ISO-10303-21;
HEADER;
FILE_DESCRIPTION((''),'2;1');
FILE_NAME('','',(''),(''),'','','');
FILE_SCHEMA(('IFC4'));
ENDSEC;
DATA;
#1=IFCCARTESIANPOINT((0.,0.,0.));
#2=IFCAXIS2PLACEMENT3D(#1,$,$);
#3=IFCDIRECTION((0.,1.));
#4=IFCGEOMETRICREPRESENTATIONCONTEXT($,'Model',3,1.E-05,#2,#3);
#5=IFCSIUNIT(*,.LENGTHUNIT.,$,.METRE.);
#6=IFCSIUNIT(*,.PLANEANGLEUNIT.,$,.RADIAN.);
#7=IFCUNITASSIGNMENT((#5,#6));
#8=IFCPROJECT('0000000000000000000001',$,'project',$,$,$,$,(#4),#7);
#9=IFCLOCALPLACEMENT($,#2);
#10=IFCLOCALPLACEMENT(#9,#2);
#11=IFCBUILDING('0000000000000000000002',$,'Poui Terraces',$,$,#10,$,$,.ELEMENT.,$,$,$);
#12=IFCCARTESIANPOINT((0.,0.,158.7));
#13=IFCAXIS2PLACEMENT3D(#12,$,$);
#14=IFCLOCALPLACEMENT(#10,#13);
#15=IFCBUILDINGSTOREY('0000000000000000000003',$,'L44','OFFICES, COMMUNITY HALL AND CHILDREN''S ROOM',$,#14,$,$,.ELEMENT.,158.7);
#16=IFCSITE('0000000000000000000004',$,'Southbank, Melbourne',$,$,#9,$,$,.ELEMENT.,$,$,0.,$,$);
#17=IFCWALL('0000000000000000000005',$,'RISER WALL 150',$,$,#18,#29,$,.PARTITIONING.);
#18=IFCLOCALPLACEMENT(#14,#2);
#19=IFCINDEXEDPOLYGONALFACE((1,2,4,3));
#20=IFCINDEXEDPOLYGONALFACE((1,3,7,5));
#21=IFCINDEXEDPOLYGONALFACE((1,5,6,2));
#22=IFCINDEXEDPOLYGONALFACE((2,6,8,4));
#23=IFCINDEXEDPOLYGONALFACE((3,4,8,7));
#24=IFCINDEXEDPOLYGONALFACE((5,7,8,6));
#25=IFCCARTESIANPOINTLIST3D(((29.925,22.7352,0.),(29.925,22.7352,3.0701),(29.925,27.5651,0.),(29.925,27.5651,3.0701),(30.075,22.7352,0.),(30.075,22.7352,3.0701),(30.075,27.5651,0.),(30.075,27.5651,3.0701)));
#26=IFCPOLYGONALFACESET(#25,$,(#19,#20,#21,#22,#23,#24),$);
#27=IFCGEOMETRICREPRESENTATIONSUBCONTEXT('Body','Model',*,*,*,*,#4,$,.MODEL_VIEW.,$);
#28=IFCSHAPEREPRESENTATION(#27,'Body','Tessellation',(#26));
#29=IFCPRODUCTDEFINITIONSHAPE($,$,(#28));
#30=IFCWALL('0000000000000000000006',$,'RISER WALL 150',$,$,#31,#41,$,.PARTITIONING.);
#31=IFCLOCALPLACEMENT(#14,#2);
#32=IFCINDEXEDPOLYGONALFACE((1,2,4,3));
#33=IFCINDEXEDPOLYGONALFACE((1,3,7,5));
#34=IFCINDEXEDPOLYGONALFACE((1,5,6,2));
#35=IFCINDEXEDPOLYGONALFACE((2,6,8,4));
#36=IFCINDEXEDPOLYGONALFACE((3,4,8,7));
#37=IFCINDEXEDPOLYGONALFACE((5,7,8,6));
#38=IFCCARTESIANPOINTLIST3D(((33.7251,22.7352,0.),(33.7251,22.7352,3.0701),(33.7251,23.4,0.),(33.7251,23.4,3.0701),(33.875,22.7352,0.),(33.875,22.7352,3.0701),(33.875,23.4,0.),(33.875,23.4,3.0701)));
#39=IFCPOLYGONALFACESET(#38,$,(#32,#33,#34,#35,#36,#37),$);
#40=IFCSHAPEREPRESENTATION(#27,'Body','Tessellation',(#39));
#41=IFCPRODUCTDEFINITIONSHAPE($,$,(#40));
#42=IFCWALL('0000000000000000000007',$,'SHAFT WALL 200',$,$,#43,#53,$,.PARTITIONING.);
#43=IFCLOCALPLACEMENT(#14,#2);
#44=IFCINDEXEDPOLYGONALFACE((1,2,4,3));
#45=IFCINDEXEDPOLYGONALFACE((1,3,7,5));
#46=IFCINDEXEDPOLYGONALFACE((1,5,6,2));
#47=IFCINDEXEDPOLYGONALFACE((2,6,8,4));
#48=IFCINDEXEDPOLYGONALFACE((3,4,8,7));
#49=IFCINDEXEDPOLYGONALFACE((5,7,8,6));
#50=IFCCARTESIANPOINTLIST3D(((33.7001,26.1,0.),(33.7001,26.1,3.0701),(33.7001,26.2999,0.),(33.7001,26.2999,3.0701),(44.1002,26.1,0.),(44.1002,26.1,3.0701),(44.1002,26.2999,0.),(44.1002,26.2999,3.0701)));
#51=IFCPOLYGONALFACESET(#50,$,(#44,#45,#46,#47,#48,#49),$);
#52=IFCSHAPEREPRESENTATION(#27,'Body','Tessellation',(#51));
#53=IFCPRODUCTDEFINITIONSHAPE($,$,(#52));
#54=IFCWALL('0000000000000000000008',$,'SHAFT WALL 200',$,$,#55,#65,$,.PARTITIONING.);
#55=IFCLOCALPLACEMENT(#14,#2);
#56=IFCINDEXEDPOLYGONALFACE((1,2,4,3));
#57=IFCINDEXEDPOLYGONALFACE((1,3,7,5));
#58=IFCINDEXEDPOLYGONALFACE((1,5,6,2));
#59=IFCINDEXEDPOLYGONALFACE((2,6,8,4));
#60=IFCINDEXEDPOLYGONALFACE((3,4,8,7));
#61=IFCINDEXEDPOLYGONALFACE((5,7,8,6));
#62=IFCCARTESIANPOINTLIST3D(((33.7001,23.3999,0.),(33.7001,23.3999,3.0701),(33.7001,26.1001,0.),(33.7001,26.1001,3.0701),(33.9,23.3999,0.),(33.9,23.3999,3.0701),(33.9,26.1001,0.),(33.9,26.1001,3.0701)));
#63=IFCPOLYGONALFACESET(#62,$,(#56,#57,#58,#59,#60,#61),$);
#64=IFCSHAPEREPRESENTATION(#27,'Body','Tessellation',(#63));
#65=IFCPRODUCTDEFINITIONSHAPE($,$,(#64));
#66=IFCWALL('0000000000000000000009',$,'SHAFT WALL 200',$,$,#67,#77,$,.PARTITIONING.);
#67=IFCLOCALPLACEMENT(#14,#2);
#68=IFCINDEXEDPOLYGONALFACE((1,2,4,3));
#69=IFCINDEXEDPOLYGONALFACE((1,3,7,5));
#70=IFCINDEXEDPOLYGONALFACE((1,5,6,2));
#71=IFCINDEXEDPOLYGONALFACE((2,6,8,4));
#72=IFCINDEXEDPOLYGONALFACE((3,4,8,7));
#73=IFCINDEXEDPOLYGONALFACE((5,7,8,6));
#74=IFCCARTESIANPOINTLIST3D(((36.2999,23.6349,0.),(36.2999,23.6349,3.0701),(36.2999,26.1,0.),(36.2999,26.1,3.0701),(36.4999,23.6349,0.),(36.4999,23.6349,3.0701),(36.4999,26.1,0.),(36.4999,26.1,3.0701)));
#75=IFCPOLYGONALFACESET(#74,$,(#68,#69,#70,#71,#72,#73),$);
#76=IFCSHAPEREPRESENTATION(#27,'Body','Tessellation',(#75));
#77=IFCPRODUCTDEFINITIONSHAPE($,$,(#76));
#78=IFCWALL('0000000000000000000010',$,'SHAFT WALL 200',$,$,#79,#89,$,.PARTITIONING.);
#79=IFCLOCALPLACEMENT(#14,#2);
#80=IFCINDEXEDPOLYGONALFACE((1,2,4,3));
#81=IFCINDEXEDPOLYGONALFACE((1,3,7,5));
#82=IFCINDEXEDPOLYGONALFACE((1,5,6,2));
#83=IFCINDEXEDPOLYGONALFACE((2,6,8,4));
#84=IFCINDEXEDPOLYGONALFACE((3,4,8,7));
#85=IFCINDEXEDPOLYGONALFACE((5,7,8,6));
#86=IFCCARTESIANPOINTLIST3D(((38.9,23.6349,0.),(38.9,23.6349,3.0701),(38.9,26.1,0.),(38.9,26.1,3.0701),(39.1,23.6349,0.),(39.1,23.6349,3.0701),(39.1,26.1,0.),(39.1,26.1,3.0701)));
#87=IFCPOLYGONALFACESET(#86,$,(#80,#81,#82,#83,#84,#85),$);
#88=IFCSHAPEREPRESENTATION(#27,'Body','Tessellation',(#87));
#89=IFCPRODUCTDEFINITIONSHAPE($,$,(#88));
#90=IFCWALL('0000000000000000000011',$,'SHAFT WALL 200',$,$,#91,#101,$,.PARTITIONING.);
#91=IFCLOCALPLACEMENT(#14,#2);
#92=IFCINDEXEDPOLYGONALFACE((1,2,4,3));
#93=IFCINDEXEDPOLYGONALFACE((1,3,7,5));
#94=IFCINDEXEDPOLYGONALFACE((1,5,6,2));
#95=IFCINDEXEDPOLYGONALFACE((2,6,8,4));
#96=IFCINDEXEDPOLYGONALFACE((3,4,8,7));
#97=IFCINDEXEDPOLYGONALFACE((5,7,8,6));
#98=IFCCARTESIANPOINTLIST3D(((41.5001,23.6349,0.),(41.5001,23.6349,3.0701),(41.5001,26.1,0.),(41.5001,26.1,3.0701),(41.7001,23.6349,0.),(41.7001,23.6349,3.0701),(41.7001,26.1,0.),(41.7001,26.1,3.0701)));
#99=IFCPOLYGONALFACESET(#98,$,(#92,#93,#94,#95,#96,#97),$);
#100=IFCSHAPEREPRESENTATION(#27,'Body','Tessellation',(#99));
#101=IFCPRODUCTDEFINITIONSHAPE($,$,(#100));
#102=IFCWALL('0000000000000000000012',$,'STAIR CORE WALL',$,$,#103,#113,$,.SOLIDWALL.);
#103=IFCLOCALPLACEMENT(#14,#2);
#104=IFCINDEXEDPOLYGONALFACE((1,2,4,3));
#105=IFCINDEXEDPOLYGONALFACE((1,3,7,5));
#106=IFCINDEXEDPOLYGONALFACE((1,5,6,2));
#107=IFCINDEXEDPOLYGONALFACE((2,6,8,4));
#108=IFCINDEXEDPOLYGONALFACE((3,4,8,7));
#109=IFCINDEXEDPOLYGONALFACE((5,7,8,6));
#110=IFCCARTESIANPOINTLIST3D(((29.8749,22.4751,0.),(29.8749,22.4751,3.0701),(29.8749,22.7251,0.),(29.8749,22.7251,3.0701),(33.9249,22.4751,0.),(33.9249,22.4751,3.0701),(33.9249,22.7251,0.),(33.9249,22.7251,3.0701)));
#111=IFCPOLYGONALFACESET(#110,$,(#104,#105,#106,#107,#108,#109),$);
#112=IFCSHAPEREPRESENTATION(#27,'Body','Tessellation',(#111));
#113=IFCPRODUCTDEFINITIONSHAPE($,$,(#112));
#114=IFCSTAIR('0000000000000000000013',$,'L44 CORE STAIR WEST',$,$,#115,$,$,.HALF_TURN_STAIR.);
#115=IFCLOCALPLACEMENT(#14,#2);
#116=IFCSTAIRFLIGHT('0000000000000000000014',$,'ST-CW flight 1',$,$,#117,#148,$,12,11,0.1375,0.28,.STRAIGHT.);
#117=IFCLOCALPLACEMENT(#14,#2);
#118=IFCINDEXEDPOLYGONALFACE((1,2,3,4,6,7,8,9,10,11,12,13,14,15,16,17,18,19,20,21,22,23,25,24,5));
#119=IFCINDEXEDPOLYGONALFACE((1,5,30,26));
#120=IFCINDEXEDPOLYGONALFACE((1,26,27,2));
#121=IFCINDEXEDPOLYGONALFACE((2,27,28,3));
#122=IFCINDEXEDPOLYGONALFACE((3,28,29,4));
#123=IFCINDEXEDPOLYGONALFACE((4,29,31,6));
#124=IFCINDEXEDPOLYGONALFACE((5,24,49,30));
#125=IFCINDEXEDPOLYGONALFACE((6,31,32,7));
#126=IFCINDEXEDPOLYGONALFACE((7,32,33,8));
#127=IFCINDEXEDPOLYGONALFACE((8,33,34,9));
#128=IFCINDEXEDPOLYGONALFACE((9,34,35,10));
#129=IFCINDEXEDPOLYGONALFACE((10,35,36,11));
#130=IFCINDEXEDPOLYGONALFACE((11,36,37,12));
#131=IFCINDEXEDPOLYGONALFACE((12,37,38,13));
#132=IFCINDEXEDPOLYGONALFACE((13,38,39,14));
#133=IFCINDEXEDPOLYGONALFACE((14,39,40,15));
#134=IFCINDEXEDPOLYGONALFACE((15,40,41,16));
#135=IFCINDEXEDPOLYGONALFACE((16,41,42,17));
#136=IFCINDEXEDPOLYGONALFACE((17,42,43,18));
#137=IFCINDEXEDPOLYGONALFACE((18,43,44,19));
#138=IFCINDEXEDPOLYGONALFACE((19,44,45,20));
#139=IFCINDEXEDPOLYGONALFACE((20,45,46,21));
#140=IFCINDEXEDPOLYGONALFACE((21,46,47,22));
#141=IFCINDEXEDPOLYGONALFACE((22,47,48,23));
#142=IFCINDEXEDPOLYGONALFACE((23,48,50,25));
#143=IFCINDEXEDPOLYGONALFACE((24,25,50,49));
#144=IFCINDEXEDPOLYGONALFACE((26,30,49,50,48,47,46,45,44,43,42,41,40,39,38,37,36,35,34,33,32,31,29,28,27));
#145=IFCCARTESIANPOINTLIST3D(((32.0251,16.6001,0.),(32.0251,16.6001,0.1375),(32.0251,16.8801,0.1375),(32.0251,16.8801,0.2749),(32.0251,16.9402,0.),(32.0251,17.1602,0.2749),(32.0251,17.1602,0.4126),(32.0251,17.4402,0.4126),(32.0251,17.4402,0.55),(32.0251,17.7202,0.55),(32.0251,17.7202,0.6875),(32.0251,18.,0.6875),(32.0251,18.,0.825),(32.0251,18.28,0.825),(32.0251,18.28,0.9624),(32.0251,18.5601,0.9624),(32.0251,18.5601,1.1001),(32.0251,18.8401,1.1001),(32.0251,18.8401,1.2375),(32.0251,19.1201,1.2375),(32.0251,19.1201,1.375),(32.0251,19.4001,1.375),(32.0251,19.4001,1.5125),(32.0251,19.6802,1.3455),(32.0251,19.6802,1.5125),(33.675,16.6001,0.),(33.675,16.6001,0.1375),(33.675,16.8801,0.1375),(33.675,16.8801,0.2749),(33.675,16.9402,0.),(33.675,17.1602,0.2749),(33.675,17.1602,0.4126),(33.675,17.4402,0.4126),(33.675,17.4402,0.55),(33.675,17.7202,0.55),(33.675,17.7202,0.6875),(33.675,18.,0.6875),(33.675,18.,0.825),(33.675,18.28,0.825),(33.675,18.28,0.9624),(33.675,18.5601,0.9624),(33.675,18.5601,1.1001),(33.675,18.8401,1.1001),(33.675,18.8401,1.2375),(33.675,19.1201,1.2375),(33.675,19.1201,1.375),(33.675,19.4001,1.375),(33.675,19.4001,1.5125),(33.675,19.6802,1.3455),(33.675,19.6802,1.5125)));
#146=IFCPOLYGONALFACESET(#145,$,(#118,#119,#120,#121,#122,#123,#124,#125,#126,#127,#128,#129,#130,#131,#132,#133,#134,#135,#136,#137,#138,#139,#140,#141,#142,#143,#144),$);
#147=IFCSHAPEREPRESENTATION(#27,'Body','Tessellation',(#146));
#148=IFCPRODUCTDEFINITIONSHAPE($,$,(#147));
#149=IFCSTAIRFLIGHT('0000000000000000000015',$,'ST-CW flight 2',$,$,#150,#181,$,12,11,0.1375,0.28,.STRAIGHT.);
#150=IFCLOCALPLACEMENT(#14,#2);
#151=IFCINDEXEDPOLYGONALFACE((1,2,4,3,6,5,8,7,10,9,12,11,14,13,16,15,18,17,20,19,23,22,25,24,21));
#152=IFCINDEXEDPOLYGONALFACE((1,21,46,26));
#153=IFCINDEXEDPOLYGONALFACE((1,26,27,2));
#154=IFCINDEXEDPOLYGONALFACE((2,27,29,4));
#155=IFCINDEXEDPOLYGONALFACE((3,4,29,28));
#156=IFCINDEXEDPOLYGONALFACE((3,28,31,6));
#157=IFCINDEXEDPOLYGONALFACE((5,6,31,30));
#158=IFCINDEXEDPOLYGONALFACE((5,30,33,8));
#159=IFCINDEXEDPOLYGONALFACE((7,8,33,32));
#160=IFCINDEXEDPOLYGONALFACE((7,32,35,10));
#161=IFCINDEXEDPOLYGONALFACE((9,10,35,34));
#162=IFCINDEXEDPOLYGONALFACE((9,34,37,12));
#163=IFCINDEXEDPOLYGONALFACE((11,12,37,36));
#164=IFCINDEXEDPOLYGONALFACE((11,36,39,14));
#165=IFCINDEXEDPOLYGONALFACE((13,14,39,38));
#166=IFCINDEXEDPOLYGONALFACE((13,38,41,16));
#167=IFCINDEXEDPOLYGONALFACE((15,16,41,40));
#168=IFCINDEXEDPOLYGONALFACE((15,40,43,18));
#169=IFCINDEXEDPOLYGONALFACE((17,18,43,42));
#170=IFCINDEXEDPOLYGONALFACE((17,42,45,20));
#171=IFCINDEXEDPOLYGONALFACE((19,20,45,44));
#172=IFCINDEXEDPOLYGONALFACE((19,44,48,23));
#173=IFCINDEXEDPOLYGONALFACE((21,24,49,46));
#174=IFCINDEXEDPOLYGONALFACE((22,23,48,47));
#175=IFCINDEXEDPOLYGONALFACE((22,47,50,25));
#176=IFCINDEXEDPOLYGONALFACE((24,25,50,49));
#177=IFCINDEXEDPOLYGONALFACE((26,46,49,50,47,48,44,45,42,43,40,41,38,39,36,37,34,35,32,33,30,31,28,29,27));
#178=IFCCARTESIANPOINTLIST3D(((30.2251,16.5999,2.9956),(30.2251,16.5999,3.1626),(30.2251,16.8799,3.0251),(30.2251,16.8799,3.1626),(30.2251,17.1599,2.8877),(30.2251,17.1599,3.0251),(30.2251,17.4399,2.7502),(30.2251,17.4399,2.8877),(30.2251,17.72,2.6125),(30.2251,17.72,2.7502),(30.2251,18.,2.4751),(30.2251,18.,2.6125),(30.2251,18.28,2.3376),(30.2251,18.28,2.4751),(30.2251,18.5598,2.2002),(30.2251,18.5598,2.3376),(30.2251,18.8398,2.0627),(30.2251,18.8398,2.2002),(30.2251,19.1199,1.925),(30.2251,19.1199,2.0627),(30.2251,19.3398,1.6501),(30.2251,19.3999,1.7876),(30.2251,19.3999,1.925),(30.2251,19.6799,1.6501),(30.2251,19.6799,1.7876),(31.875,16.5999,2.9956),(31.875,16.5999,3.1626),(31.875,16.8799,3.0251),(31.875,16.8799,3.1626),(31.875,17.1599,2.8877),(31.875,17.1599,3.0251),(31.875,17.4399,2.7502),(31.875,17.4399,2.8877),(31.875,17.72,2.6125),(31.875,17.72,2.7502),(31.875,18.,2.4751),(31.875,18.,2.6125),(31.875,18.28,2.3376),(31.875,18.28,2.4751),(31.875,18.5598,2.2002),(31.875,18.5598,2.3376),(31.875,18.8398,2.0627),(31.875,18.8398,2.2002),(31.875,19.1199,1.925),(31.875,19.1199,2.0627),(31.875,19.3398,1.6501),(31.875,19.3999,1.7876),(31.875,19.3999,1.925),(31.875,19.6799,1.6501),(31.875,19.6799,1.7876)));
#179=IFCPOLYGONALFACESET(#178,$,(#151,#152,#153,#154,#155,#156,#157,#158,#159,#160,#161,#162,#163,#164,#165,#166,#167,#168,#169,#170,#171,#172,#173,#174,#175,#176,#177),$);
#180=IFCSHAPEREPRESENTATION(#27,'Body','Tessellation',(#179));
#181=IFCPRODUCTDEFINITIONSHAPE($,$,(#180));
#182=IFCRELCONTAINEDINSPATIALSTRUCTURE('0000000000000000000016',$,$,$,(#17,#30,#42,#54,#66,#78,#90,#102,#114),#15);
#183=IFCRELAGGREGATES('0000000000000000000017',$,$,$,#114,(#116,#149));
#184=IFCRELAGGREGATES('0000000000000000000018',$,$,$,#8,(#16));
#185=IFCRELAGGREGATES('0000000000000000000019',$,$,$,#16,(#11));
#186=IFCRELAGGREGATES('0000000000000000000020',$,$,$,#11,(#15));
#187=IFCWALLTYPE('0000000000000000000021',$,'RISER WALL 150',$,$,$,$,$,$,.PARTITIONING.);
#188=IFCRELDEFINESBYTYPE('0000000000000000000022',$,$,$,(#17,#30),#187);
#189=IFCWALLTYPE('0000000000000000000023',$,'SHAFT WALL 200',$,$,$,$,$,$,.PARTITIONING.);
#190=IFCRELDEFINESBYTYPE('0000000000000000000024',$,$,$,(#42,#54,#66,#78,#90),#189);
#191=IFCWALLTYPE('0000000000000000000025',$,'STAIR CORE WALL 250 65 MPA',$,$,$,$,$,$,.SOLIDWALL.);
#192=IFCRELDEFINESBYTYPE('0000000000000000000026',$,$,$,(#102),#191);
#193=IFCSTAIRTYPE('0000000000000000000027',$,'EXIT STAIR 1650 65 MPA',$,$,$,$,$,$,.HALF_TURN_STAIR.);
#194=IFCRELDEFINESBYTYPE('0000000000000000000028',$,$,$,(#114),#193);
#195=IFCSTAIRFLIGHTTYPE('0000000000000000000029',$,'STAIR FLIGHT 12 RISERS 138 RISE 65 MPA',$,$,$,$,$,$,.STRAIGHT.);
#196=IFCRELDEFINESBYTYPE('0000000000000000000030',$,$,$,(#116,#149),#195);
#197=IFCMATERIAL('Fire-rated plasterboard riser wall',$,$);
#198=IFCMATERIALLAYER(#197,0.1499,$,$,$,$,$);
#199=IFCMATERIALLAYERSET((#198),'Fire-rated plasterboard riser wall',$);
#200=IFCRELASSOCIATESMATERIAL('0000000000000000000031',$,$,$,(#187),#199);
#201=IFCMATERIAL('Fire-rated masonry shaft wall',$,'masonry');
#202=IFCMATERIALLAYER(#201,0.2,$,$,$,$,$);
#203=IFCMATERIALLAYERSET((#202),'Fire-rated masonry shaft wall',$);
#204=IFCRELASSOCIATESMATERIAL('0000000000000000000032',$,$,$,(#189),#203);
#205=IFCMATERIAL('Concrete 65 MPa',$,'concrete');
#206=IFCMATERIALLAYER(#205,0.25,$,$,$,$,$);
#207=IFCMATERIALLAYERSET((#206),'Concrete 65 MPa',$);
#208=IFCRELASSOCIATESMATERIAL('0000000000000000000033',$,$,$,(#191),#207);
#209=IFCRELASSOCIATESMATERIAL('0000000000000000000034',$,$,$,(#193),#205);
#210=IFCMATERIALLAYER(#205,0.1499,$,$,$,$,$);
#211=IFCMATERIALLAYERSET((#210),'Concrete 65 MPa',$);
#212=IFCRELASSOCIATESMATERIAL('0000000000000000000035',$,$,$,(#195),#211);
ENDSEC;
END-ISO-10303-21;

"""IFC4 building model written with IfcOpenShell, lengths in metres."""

from ifc_helpers import new_model, si_unit, direction, frame, frame_2d, origin, place, context, subcontext, project, spatial, polyline, rectangle, outline, extrude, material, layer, layer_set, type_object, element, aggregate, save


model = new_model("IFC4")

# Units and contexts
model_context = context("Model", 3, precision=1e-05, world=origin(), true_north=direction((0.0, 1.0)))
body_context = subcontext(model_context, "Body", "Model", "MODEL_VIEW")
ifc_project = project(units=[si_unit("LENGTHUNIT", "METRE"), si_unit("PLANEANGLEUNIT", "RADIAN")], contexts=[model_context])

# Site, building, storey
site_placement = place(None, origin())
site = spatial("IfcSite", under=ifc_project, at=site_placement, Name="Southbank, Melbourne", CompositionType="ELEMENT", RefElevation=0.0)
building_placement = place(site_placement, origin())
building = spatial("IfcBuilding", under=site, at=building_placement, Name="Poui Terraces", CompositionType="ELEMENT")
storey_placement = place(building_placement, frame((0.0, 0.0, 158.7)))
storey = spatial("IfcBuildingStorey", under=building, at=storey_placement, Name="L44", Description="OFFICES, COMMUNITY HALL AND CHILDREN'S ROOM", CompositionType="ELEMENT", Elevation=158.7)

# Shared definitions
ifc_material_1 = material(Name="Concrete 65 MPa", Category="concrete")

# Walls
ifc_material_2 = material(Name="Fire-rated plasterboard riser wall")
ifc_layer_1 = layer(ifc_material_2, 0.1499)
ifc_layer_set_1 = layer_set([ifc_layer_1], Name="Fire-rated plasterboard riser wall")
wall_type_1 = type_object("IfcWallType", Name="RISER WALL 150", PredefinedType="PARTITIONING", material=ifc_layer_set_1)
wall_1_placement = place(storey_placement, frame((30.0, 22.7351, 0.0), z_axis=(0.0, 0.0, 1.0), x_axis=(0.0, 1.0, 0.0)))
element("IfcWall", 1, at=wall_1_placement, inside=storey, type_object=wall_type_1, Name="RISER WALL 150", PredefinedType="PARTITIONING", context=body_context, shape_type="SweptSolid", body=[
    extrude(rectangle(XDim=4.8298, YDim=0.1499, at=frame_2d((2.415, 0.0))), origin(), (0.0, 0.0, 1.0), 3.0701),
])
wall_2_placement = place(storey_placement, frame((33.8, 22.7351, 0.0), z_axis=(0.0, 0.0, 1.0), x_axis=(0.0, 1.0, 0.0)))
element("IfcWall", 2, at=wall_2_placement, inside=storey, type_object=wall_type_1, Name="RISER WALL 150", PredefinedType="PARTITIONING", context=body_context, shape_type="SweptSolid", body=[
    extrude(rectangle(XDim=0.6648, YDim=0.1499, at=frame_2d((0.3325, 0.0))), origin(), (0.0, 0.0, 1.0), 3.0701),
])
ifc_material_3 = material(Name="Fire-rated masonry shaft wall", Category="masonry")
ifc_layer_2 = layer(ifc_material_3, 0.2)
ifc_layer_set_2 = layer_set([ifc_layer_2], Name="Fire-rated masonry shaft wall")
wall_type_2 = type_object("IfcWallType", Name="SHAFT WALL 200", PredefinedType="PARTITIONING", material=ifc_layer_set_2)
wall_3_placement = place(storey_placement, frame((33.7, 26.2, 0.0), z_axis=(0.0, 0.0, 1.0), x_axis=(1.0, 0.0, 0.0)))
element("IfcWall", 3, at=wall_3_placement, inside=storey, type_object=wall_type_2, Name="SHAFT WALL 200", PredefinedType="PARTITIONING", context=body_context, shape_type="SweptSolid", body=[
    extrude(rectangle(XDim=10.4001, YDim=0.2, at=frame_2d((5.2002, 0.0))), origin(), (0.0, 0.0, 1.0), 3.0701),
])
wall_4_placement = place(storey_placement, frame((33.8, 23.3999, 0.0), z_axis=(0.0, 0.0, 1.0), x_axis=(0.0, 1.0, 0.0)))
element("IfcWall", 4, at=wall_4_placement, inside=storey, type_object=wall_type_2, Name="SHAFT WALL 200", PredefinedType="PARTITIONING", context=body_context, shape_type="SweptSolid", body=[
    extrude(rectangle(XDim=2.7002, YDim=0.2, at=frame_2d((1.3501, 0.0))), origin(), (0.0, 0.0, 1.0), 3.0701),
])
for number, where, z_axis, x_axis, name in (
    (5, (36.3999, 23.635, 0.0), (0.0, 0.0, 1.0), (0.0, 1.0, 0.0), "SHAFT WALL 200"),
    (6, (39.0, 23.635, 0.0), (0.0, 0.0, 1.0), (0.0, 1.0, 0.0), "SHAFT WALL 200"),
    (7, (41.6001, 23.635, 0.0), (0.0, 0.0, 1.0), (0.0, 1.0, 0.0), "SHAFT WALL 200"),
):
    element("IfcWall", number, at=place(storey_placement, frame(where, z_axis=z_axis, x_axis=x_axis)), inside=storey, type_object=wall_type_2, Name=name, PredefinedType="PARTITIONING", context=body_context, shape_type="SweptSolid", body=[
        extrude(rectangle(XDim=2.4651, YDim=0.2, at=frame_2d((1.2324, 0.0))), origin(), (0.0, 0.0, 1.0), 3.0701),
    ])
ifc_layer_3 = layer(ifc_material_1, 0.25)
ifc_layer_set_3 = layer_set([ifc_layer_3], Name="Concrete 65 MPa")
wall_type_3 = type_object("IfcWallType", Name="STAIR CORE WALL 250 65 MPA", PredefinedType="SOLIDWALL", material=ifc_layer_set_3)
wall_5_placement = place(storey_placement, frame((29.875, 22.6001, 0.0), z_axis=(0.0, 0.0, 1.0), x_axis=(1.0, 0.0, 0.0)))
element("IfcWall", 8, at=wall_5_placement, inside=storey, type_object=wall_type_3, Name="STAIR CORE WALL", PredefinedType="SOLIDWALL", context=body_context, shape_type="SweptSolid", body=[
    extrude(rectangle(XDim=4.05, YDim=0.25, at=frame_2d((2.0249, 0.0))), origin(), (0.0, 0.0, 1.0), 3.0701),
])

# Stair, stair flights
stair_type = type_object("IfcStairType", Name="EXIT STAIR 1650 65 MPA", PredefinedType="HALF_TURN_STAIR", material=ifc_material_1)
stair_placement = place(storey_placement, origin())
stair = element("IfcStair", 9, at=stair_placement, inside=storey, type_object=stair_type, Name="L44 CORE STAIR WEST", PredefinedType="HALF_TURN_STAIR")
ifc_layer_4 = layer(ifc_material_1, 0.1499)
ifc_layer_set_4 = layer_set([ifc_layer_4], Name="Concrete 65 MPa")
stair_flight_type = type_object("IfcStairFlightType", Name="STAIR FLIGHT 12 RISERS 138 RISE 65 MPA", PredefinedType="STRAIGHT", material=ifc_layer_set_4)
stair_flight_1_placement = place(storey_placement, frame((32.8501, 16.6001, 0.0), z_axis=(0.0, 0.0, 1.0), x_axis=(0.0, 1.0, 0.0)))
stair_flight_1 = element("IfcStairFlight", 10, at=stair_flight_1_placement, type_object=stair_flight_type, Name="ST-CW flight 1", NumberOfRisers=12, NumberOfTreads=11, PredefinedType="STRAIGHT", RiserHeight=0.1375, TreadLength=0.28, context=body_context, shape_type="SweptSolid", body=[
    extrude(outline(polyline([(0.0, 0.0), (0.0, 0.1375), (0.28, 0.1375), (0.28, 0.2749), (0.5601, 0.2749), (0.5601, 0.4126), (0.8401, 0.4126), (0.8401, 0.55), (1.1201, 0.55), (1.1201, 0.6875), (1.3999, 0.6875), (1.3999, 0.825), (1.6799, 0.825), (1.6799, 0.9624), (1.96, 0.9624), (1.96, 1.1001), (2.24, 1.1001), (2.24, 1.2375), (2.52, 1.2375), (2.52, 1.375), (2.8, 1.375), (2.8, 1.5125), (3.0801, 1.5125), (3.0801, 1.6499), (3.0801, 1.3455), (0.3401, 0.0), (0.0, 0.0)])), frame((0.0, 0.825, 0.0), z_axis=(0.0, -1.0, 0.0), x_axis=(1.0, 0.0, 0.0)), (0.0, 0.0, 1.0), 1.6499),
])
stair_flight_2_placement = place(storey_placement, frame((31.05, 19.6799, 1.6501), z_axis=(0.0, 0.0, 1.0), x_axis=(0.0, -1.0, 0.0)))
stair_flight_2 = element("IfcStairFlight", 11, at=stair_flight_2_placement, type_object=stair_flight_type, Name="ST-CW flight 2", NumberOfRisers=12, NumberOfTreads=11, PredefinedType="STRAIGHT", RiserHeight=0.1375, TreadLength=0.28, context=body_context, shape_type="SweptSolid", body=[
    extrude(outline(polyline([(0.0, 0.0), (0.0, 0.1375), (0.28, 0.1375), (0.28, 0.2749), (0.5601, 0.2749), (0.5601, 0.4126), (0.8401, 0.4126), (0.8401, 0.55), (1.1201, 0.55), (1.1201, 0.6875), (1.3999, 0.6875), (1.3999, 0.825), (1.6799, 0.825), (1.6799, 0.9624), (1.96, 0.9624), (1.96, 1.1001), (2.24, 1.1001), (2.24, 1.2375), (2.52, 1.2375), (2.52, 1.375), (2.8, 1.375), (2.8, 1.5125), (3.0801, 1.5125), (3.0801, 1.6499), (3.0801, 1.3455), (0.3401, 0.0), (0.0, 0.0)])), frame((0.0, 0.825, 0.0), z_axis=(0.0, -1.0, 0.0), x_axis=(1.0, 0.0, 0.0)), (0.0, 0.0, 1.0), 1.6499),
])
aggregate(stair, [stair_flight_1, stair_flight_2])

save(model, "model.ifc")
